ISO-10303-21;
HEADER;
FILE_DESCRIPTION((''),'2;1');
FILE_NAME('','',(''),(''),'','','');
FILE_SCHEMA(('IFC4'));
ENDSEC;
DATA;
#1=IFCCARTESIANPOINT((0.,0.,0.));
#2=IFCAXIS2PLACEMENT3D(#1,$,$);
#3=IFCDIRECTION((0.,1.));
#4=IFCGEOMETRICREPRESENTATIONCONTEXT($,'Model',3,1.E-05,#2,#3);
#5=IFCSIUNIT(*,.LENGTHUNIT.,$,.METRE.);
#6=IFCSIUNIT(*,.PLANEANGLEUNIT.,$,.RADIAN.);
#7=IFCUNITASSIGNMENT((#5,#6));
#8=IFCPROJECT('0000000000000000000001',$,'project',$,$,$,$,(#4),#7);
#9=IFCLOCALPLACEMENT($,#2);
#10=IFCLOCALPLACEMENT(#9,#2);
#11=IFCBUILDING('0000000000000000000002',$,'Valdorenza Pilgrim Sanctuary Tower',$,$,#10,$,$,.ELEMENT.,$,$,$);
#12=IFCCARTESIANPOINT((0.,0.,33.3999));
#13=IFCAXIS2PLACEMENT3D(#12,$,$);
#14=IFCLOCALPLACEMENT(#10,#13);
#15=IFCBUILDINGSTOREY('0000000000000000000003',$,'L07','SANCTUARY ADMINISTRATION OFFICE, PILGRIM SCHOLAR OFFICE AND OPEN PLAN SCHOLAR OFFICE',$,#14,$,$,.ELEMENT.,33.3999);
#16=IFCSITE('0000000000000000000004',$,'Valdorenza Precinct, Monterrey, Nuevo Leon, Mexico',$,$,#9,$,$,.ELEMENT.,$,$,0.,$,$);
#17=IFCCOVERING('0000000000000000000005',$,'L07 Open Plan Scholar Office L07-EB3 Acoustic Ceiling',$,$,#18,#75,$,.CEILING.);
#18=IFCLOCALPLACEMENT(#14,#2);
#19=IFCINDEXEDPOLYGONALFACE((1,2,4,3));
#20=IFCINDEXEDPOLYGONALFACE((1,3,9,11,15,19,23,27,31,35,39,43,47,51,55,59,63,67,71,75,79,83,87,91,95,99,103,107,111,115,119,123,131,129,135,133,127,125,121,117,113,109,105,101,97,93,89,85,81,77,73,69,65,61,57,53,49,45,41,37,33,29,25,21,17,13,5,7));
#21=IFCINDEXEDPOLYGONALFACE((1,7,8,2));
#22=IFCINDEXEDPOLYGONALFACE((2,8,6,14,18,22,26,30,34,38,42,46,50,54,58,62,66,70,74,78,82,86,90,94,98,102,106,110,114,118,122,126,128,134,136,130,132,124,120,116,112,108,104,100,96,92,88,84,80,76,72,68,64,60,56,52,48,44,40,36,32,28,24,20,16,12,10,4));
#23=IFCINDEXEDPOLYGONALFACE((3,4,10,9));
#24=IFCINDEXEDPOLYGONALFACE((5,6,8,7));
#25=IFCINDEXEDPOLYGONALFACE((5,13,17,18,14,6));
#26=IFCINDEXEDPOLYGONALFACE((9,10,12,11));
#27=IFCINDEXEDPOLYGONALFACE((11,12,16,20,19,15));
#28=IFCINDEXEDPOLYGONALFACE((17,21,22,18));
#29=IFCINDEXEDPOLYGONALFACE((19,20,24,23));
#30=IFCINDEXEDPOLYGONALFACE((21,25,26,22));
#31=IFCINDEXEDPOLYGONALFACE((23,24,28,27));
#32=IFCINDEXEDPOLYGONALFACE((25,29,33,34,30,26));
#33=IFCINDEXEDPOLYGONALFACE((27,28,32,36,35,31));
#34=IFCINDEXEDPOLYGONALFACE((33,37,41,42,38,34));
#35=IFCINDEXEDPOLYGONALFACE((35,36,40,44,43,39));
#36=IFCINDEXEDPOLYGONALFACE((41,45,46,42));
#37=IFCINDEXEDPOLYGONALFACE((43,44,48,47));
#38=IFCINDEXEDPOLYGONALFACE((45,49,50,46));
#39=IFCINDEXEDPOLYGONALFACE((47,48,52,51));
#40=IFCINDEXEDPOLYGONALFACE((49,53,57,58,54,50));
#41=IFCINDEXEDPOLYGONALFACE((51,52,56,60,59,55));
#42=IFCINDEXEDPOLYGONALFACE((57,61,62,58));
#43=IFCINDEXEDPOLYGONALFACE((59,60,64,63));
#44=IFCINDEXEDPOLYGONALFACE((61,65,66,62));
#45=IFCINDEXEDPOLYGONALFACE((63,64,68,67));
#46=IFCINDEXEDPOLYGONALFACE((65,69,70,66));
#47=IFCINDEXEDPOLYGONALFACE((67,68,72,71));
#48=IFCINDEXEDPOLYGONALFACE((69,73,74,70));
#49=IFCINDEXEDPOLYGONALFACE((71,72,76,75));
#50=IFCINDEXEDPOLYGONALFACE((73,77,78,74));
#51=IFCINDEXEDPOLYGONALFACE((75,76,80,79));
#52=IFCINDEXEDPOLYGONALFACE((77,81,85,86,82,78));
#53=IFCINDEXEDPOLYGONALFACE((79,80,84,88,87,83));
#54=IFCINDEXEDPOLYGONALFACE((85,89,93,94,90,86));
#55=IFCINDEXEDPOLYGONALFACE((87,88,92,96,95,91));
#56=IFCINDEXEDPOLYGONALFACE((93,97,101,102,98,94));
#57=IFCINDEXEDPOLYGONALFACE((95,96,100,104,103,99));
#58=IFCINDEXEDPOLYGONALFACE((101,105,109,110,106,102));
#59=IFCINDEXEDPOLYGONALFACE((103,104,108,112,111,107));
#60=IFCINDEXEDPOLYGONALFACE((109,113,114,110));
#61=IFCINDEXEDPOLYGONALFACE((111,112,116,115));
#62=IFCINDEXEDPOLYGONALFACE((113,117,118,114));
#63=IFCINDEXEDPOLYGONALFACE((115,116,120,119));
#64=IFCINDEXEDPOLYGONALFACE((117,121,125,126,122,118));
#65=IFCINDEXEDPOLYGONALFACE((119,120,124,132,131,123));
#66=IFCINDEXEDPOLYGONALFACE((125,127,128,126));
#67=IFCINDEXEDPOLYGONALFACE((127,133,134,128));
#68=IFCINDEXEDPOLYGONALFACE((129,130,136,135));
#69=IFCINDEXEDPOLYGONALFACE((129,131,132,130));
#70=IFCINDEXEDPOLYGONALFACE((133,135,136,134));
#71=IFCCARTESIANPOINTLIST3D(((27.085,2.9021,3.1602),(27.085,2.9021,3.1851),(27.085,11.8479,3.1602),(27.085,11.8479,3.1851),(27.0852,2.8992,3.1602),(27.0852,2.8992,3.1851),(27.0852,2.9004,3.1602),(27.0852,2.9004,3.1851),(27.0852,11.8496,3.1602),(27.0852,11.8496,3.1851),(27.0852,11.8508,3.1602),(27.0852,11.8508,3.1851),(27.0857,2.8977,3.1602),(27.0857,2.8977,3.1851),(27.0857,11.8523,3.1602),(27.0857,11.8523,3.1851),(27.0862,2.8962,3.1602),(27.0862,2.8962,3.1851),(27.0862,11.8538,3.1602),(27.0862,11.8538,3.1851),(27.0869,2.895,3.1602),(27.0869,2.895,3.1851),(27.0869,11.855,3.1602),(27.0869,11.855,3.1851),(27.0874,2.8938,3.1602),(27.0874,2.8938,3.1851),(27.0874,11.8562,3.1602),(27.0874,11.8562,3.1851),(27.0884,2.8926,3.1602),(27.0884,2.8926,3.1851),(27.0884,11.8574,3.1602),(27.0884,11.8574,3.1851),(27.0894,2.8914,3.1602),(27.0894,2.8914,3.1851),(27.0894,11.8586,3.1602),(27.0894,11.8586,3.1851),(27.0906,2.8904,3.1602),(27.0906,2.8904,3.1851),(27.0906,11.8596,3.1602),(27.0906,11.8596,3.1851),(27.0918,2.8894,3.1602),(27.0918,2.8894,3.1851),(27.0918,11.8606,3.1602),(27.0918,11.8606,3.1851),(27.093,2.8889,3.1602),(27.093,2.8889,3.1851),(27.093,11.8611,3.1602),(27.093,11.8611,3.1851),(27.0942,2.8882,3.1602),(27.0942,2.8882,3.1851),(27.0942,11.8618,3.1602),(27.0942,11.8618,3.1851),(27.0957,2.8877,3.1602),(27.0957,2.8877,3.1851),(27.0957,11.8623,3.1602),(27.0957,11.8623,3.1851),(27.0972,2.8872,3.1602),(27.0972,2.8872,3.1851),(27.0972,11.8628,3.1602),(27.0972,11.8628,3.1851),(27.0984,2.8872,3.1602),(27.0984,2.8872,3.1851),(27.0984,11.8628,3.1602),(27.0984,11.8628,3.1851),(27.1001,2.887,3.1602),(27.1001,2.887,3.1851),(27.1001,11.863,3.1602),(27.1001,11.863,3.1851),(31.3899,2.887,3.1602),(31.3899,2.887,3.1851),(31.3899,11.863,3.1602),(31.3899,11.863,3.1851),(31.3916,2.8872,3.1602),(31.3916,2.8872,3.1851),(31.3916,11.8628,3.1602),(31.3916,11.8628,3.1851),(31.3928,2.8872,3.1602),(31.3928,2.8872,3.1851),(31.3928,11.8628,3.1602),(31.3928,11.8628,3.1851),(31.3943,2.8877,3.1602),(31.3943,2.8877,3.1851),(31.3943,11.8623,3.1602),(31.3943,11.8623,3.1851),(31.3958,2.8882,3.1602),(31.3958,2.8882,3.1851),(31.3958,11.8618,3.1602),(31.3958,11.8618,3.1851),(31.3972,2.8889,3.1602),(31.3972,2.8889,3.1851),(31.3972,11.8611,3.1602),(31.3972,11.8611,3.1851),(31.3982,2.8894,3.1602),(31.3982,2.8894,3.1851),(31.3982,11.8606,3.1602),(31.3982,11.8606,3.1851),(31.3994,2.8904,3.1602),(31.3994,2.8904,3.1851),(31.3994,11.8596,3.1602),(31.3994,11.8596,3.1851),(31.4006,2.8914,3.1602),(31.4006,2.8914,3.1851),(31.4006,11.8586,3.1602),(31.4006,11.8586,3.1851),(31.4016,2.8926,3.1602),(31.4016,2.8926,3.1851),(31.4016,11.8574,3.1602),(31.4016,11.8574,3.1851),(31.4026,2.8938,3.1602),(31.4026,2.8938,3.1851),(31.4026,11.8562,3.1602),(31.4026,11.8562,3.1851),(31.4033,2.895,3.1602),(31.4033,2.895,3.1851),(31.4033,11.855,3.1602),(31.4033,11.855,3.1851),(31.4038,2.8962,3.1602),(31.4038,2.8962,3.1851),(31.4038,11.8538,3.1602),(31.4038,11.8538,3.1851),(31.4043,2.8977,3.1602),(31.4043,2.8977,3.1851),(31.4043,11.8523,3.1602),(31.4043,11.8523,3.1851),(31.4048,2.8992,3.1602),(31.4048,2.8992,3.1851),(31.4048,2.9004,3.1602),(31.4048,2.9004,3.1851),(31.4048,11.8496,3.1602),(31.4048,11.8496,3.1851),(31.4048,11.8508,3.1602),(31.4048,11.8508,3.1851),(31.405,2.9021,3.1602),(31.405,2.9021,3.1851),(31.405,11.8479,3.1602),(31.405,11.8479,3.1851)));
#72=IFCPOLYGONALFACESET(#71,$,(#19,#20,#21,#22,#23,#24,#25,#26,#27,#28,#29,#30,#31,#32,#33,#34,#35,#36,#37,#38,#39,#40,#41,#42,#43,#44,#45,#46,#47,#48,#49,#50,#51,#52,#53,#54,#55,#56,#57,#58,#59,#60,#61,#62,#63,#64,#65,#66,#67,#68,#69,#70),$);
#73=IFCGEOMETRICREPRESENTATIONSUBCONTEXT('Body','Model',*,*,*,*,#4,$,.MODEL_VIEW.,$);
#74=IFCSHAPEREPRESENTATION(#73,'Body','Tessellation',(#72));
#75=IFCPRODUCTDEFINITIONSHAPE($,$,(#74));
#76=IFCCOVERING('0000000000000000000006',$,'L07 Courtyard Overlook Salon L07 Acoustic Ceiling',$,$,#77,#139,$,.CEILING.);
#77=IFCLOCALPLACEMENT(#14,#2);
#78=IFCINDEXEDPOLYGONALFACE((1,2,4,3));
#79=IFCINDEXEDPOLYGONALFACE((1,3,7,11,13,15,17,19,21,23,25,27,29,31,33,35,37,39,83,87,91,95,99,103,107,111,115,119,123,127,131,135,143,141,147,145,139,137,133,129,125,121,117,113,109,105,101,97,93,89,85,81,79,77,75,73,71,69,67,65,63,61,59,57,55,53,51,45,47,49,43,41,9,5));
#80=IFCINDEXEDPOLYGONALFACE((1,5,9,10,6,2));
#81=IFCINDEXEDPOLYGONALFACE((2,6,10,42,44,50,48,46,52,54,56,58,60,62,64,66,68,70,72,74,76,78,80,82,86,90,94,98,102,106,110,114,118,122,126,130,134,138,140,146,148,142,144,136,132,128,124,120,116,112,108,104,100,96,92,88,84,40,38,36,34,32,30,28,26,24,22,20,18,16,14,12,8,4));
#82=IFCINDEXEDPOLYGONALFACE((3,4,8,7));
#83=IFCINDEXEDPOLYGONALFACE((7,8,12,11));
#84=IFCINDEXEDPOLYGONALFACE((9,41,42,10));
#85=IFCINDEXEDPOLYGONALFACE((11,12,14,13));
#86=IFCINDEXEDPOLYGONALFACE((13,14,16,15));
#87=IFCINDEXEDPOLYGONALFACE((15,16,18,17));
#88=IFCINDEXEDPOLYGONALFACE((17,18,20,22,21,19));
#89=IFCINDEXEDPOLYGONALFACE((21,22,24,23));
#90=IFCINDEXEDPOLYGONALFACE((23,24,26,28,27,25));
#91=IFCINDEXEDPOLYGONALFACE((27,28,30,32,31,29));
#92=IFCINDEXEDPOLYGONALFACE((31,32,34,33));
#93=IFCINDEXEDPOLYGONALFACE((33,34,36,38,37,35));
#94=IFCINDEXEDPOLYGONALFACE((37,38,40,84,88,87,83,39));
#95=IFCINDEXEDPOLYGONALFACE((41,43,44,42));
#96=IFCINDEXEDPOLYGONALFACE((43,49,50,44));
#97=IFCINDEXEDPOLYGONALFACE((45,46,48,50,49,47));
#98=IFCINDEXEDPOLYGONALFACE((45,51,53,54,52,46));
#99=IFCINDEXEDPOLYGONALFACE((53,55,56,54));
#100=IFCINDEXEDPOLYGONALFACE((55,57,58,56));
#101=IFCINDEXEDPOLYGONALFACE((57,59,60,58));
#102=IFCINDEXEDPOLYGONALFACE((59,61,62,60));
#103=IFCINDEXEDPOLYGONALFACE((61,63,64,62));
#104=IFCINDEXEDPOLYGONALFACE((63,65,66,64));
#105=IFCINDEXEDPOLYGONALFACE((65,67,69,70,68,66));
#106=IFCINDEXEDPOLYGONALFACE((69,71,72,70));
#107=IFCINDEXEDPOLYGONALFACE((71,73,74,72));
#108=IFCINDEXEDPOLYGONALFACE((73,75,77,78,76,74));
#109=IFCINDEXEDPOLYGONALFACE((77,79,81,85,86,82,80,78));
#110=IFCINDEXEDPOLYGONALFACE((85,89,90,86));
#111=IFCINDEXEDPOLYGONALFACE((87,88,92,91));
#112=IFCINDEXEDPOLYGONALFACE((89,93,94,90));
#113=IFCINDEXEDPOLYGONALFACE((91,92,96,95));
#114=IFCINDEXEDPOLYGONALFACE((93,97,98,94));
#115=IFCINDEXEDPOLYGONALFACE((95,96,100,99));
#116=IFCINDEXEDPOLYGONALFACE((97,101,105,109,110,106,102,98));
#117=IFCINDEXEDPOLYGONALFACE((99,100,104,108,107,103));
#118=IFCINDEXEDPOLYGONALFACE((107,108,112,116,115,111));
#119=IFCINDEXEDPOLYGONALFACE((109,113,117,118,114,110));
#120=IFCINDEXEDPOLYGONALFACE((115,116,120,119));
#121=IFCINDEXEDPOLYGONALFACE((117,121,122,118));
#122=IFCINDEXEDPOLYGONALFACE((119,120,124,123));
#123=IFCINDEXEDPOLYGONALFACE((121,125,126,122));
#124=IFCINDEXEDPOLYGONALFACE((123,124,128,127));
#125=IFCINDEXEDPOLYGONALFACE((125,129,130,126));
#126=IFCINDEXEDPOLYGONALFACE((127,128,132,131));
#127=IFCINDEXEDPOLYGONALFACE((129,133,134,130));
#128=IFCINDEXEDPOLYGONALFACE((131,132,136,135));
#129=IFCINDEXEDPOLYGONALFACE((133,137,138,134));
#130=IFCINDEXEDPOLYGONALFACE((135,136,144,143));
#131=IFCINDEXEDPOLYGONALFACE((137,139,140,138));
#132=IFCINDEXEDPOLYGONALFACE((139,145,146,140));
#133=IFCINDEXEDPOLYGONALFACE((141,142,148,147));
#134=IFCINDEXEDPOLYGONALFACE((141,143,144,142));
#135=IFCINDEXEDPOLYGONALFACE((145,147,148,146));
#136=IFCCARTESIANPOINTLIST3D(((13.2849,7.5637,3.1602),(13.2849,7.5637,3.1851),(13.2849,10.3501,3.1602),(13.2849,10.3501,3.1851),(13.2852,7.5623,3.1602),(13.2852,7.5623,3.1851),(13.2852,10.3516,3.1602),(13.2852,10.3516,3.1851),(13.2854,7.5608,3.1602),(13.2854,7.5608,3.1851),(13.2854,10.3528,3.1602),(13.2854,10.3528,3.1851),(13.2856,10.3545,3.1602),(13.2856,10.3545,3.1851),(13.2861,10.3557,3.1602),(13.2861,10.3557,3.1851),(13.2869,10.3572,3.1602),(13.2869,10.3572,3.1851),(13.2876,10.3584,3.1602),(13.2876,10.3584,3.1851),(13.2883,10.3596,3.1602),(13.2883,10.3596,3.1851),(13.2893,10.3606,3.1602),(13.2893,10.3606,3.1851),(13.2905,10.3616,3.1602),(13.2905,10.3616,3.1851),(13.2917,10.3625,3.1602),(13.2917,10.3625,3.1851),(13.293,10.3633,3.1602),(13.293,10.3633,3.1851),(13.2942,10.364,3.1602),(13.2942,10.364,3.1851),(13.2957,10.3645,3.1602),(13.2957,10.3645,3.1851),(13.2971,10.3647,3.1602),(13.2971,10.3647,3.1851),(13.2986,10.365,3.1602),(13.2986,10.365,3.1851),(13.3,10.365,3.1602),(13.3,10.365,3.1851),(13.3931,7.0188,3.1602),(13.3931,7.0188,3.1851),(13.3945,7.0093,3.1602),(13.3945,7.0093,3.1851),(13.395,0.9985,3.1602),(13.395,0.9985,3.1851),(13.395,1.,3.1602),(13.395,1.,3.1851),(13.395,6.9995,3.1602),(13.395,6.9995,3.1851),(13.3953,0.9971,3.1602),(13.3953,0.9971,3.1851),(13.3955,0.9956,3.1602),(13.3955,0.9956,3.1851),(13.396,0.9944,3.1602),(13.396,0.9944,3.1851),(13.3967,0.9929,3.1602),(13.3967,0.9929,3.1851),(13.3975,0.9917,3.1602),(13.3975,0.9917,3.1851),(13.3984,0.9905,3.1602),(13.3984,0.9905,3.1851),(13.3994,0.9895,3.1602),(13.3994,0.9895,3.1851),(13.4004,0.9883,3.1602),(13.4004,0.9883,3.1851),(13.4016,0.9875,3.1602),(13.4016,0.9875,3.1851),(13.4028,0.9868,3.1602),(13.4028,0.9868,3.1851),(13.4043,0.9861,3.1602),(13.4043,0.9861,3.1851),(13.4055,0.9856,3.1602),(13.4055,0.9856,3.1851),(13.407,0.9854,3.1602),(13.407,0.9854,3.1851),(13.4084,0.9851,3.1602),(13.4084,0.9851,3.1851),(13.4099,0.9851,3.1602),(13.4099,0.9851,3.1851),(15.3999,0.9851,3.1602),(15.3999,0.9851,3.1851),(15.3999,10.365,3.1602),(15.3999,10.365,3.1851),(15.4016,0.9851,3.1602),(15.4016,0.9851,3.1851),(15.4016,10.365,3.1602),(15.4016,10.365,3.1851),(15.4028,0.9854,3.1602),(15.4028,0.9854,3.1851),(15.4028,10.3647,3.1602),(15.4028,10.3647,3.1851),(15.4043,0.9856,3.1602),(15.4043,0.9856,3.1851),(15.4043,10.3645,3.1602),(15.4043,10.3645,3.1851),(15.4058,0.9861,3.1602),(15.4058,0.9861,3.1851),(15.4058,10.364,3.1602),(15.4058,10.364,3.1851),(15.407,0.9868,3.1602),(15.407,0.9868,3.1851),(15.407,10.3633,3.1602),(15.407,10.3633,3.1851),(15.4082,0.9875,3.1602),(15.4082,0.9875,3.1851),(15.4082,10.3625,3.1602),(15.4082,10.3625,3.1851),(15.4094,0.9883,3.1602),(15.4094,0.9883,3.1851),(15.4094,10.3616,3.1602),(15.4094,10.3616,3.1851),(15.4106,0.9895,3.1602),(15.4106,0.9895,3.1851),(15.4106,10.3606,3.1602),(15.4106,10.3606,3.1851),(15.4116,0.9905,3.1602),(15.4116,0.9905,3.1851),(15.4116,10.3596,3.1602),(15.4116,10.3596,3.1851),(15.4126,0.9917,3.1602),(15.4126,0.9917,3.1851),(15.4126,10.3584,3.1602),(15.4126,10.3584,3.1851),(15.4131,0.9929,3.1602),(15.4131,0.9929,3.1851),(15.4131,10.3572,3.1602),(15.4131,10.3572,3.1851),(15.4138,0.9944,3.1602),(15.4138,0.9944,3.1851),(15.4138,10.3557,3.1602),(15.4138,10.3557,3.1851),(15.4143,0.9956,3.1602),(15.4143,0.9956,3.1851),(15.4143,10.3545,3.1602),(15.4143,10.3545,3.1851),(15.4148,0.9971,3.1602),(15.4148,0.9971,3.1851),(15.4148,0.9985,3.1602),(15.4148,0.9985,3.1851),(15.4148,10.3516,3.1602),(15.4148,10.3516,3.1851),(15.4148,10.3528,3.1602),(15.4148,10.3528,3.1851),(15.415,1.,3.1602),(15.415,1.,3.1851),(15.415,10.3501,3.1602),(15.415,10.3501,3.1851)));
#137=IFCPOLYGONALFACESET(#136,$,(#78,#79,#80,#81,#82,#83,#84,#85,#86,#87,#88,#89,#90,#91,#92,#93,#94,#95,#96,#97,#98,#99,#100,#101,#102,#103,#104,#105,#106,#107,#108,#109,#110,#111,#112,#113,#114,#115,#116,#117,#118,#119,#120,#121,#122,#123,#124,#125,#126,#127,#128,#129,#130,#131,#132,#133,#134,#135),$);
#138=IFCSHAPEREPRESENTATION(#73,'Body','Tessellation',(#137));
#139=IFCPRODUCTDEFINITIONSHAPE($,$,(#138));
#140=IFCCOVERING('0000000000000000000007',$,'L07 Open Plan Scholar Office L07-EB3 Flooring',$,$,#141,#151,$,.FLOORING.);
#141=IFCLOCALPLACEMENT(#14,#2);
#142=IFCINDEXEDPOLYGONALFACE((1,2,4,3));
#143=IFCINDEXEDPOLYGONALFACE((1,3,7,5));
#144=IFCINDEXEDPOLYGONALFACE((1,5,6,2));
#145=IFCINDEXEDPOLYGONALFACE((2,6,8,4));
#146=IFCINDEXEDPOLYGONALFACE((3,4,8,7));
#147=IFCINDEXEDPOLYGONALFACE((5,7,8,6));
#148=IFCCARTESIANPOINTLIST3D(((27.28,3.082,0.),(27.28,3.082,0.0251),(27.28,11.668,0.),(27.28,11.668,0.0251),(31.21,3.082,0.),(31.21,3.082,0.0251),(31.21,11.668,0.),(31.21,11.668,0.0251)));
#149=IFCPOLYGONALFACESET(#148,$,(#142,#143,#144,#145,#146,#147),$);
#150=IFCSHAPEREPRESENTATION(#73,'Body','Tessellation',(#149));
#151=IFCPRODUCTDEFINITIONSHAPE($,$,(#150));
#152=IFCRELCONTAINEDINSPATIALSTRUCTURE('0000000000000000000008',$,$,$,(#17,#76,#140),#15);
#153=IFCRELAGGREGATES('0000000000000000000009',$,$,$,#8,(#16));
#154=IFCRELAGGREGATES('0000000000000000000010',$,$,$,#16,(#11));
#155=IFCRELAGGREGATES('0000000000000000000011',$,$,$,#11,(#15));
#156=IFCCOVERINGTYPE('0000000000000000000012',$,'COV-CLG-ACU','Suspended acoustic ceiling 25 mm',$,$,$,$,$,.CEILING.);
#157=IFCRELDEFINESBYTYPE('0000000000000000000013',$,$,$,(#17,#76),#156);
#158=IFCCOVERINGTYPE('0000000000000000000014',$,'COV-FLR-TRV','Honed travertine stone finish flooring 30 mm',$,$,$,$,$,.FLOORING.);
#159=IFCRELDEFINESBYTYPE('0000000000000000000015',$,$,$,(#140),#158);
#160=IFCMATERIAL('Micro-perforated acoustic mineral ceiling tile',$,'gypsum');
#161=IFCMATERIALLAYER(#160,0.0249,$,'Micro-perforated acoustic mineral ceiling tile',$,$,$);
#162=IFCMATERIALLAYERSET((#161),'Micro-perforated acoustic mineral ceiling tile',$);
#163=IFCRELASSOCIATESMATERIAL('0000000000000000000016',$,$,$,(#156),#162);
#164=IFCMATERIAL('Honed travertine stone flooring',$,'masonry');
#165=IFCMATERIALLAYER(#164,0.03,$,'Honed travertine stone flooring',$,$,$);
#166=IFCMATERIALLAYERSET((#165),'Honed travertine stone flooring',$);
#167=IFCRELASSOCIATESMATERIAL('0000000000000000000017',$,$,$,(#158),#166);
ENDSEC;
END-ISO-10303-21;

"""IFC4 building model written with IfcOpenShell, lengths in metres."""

from ifc_helpers import new_model, si_unit, direction, frame, origin, place, context, subcontext, project, spatial, polyline, outline, extrude, material, layer, layer_set, type_object, element, save


model = new_model("IFC4")

# Units and contexts
model_context = context("Model", 3, precision=1e-05, world=origin(), true_north=direction((0.0, 1.0)))
body_context = subcontext(model_context, "Body", "Model", "MODEL_VIEW")
ifc_project = project(units=[si_unit("LENGTHUNIT", "METRE"), si_unit("PLANEANGLEUNIT", "RADIAN")], contexts=[model_context])

# Site, building, storey
site_placement = place(None, origin())
site = spatial("IfcSite", under=ifc_project, at=site_placement, Name="Valdorenza Precinct, Monterrey, Nuevo Leon, Mexico", CompositionType="ELEMENT", RefElevation=0.0)
building_placement = place(site_placement, origin())
building = spatial("IfcBuilding", under=site, at=building_placement, Name="Valdorenza Pilgrim Sanctuary Tower", CompositionType="ELEMENT")
storey_placement = place(building_placement, frame((0.0, 0.0, 33.3999)))
storey = spatial("IfcBuildingStorey", under=building, at=storey_placement, Name="L07", Description="SANCTUARY ADMINISTRATION OFFICE, PILGRIM SCHOLAR OFFICE AND OPEN PLAN SCHOLAR OFFICE", CompositionType="ELEMENT", Elevation=33.3999)

# Coverings
ifc_material_1 = material(Name="Micro-perforated acoustic mineral ceiling tile", Category="gypsum")
ifc_layer_1 = layer(ifc_material_1, 0.0249, Name="Micro-perforated acoustic mineral ceiling tile")
ifc_layer_set_1 = layer_set([ifc_layer_1], Name="Micro-perforated acoustic mineral ceiling tile")
covering_type_1 = type_object("IfcCoveringType", Name="COV-CLG-ACU", Description="Suspended acoustic ceiling 25 mm", PredefinedType="CEILING", material=ifc_layer_set_1)
covering_1_placement = place(storey_placement, frame((0.0, 0.0, 3.1602)))
element("IfcCovering", 1, at=covering_1_placement, inside=storey, type_object=covering_type_1, Name="L07 Open Plan Scholar Office L07-EB3 Acoustic Ceiling", PredefinedType="CEILING", context=body_context, shape_type="SweptSolid", body=[
    extrude(outline(polyline([(27.085, 11.8479), (27.0852, 11.8496), (27.0852, 11.8508), (27.0857, 11.8523), (27.0862, 11.8538), (27.0869, 11.855), (27.0874, 11.8562), (27.0884, 11.8574), (27.0894, 11.8586), (27.0906, 11.8596), (27.0918, 11.8606), (27.093, 11.8611), (27.0942, 11.8618), (27.0957, 11.8623), (27.0972, 11.8628), (27.0984, 11.8628), (27.1001, 11.863), (31.3899, 11.863), (31.3916, 11.8628), (31.3928, 11.8628), (31.3943, 11.8623), (31.3958, 11.8618), (31.3972, 11.8611), (31.3982, 11.8606), (31.3994, 11.8596), (31.4006, 11.8586), (31.4016, 11.8574), (31.4026, 11.8562), (31.4033, 11.855), (31.4038, 11.8538), (31.4043, 11.8523), (31.4048, 11.8508), (31.4048, 11.8496), (31.405, 11.8479), (31.405, 2.9021), (31.4048, 2.9004), (31.4048, 2.8992), (31.4043, 2.8977), (31.4038, 2.8962), (31.4033, 2.895), (31.4026, 2.8938), (31.4016, 2.8926), (31.4006, 2.8914), (31.3994, 2.8904), (31.3982, 2.8894), (31.3972, 2.8889), (31.3958, 2.8882), (31.3943, 2.8877), (31.3928, 2.8872), (31.3916, 2.8872), (31.3899, 2.887), (27.1001, 2.887), (27.0984, 2.8872), (27.0972, 2.8872), (27.0957, 2.8877), (27.0942, 2.8882), (27.093, 2.8889), (27.0918, 2.8894), (27.0906, 2.8904), (27.0894, 2.8914), (27.0884, 2.8926), (27.0874, 2.8938), (27.0869, 2.895), (27.0862, 2.8962), (27.0857, 2.8977), (27.0852, 2.8992), (27.0852, 2.9004), (27.085, 2.9021), (27.085, 11.8479)])), origin(), (0.0, 0.0, 1.0), 0.0249),
])
covering_2_placement = place(storey_placement, frame((0.0, 0.0, 3.1602)))
element("IfcCovering", 2, at=covering_2_placement, inside=storey, type_object=covering_type_1, Name="L07 Courtyard Overlook Salon L07 Acoustic Ceiling", PredefinedType="CEILING", context=body_context, shape_type="SweptSolid", body=[
    extrude(outline(polyline([(15.3999, 10.365), (15.4016, 10.365), (15.4028, 10.3647), (15.4043, 10.3645), (15.4058, 10.364), (15.407, 10.3633), (15.4082, 10.3625), (15.4094, 10.3616), (15.4106, 10.3606), (15.4116, 10.3596), (15.4126, 10.3584), (15.4131, 10.3572), (15.4138, 10.3557), (15.4143, 10.3545), (15.4148, 10.3528), (15.4148, 10.3516), (15.415, 10.3501), (15.415, 1.0), (15.4148, 0.9985), (15.4148, 0.9971), (15.4143, 0.9956), (15.4138, 0.9944), (15.4131, 0.9929), (15.4126, 0.9917), (15.4116, 0.9905), (15.4106, 0.9895), (15.4094, 0.9883), (15.4082, 0.9875), (15.407, 0.9868), (15.4058, 0.9861), (15.4043, 0.9856), (15.4028, 0.9854), (15.4016, 0.9851), (15.3999, 0.9851), (13.4099, 0.9851), (13.4084, 0.9851), (13.407, 0.9854), (13.4055, 0.9856), (13.4043, 0.9861), (13.4028, 0.9868), (13.4016, 0.9875), (13.4004, 0.9883), (13.3994, 0.9895), (13.3984, 0.9905), (13.3975, 0.9917), (13.3967, 0.9929), (13.396, 0.9944), (13.3955, 0.9956), (13.3953, 0.9971), (13.395, 0.9985), (13.395, 1.0), (13.395, 6.9995), (13.3945, 7.0093), (13.3931, 7.0188), (13.2854, 7.5608), (13.2852, 7.5623), (13.2849, 7.5637), (13.2849, 10.3501), (13.2852, 10.3516), (13.2854, 10.3528), (13.2856, 10.3545), (13.2861, 10.3557), (13.2869, 10.3572), (13.2876, 10.3584), (13.2883, 10.3596), (13.2893, 10.3606), (13.2905, 10.3616), (13.2917, 10.3625), (13.293, 10.3633), (13.2942, 10.364), (13.2957, 10.3645), (13.2971, 10.3647), (13.2986, 10.365), (13.3, 10.365), (15.3999, 10.365)])), origin(), (0.0, 0.0, 1.0), 0.0249),
])
ifc_material_2 = material(Name="Honed travertine stone flooring", Category="masonry")
ifc_layer_2 = layer(ifc_material_2, 0.03, Name="Honed travertine stone flooring")
ifc_layer_set_2 = layer_set([ifc_layer_2], Name="Honed travertine stone flooring")
covering_type_2 = type_object("IfcCoveringType", Name="COV-FLR-TRV", Description="Honed travertine stone finish flooring 30 mm", PredefinedType="FLOORING", material=ifc_layer_set_2)
covering_3_placement = place(storey_placement, origin())
element("IfcCovering", 3, at=covering_3_placement, inside=storey, type_object=covering_type_2, Name="L07 Open Plan Scholar Office L07-EB3 Flooring", PredefinedType="FLOORING", context=body_context, shape_type="SweptSolid", body=[
    extrude(outline(polyline([(27.28, 11.668), (31.21, 11.668), (31.21, 3.082), (27.28, 3.082), (27.28, 11.668)])), origin(), (0.0, 0.0, 1.0), 0.0251),
])

save(model, "model.ifc")
